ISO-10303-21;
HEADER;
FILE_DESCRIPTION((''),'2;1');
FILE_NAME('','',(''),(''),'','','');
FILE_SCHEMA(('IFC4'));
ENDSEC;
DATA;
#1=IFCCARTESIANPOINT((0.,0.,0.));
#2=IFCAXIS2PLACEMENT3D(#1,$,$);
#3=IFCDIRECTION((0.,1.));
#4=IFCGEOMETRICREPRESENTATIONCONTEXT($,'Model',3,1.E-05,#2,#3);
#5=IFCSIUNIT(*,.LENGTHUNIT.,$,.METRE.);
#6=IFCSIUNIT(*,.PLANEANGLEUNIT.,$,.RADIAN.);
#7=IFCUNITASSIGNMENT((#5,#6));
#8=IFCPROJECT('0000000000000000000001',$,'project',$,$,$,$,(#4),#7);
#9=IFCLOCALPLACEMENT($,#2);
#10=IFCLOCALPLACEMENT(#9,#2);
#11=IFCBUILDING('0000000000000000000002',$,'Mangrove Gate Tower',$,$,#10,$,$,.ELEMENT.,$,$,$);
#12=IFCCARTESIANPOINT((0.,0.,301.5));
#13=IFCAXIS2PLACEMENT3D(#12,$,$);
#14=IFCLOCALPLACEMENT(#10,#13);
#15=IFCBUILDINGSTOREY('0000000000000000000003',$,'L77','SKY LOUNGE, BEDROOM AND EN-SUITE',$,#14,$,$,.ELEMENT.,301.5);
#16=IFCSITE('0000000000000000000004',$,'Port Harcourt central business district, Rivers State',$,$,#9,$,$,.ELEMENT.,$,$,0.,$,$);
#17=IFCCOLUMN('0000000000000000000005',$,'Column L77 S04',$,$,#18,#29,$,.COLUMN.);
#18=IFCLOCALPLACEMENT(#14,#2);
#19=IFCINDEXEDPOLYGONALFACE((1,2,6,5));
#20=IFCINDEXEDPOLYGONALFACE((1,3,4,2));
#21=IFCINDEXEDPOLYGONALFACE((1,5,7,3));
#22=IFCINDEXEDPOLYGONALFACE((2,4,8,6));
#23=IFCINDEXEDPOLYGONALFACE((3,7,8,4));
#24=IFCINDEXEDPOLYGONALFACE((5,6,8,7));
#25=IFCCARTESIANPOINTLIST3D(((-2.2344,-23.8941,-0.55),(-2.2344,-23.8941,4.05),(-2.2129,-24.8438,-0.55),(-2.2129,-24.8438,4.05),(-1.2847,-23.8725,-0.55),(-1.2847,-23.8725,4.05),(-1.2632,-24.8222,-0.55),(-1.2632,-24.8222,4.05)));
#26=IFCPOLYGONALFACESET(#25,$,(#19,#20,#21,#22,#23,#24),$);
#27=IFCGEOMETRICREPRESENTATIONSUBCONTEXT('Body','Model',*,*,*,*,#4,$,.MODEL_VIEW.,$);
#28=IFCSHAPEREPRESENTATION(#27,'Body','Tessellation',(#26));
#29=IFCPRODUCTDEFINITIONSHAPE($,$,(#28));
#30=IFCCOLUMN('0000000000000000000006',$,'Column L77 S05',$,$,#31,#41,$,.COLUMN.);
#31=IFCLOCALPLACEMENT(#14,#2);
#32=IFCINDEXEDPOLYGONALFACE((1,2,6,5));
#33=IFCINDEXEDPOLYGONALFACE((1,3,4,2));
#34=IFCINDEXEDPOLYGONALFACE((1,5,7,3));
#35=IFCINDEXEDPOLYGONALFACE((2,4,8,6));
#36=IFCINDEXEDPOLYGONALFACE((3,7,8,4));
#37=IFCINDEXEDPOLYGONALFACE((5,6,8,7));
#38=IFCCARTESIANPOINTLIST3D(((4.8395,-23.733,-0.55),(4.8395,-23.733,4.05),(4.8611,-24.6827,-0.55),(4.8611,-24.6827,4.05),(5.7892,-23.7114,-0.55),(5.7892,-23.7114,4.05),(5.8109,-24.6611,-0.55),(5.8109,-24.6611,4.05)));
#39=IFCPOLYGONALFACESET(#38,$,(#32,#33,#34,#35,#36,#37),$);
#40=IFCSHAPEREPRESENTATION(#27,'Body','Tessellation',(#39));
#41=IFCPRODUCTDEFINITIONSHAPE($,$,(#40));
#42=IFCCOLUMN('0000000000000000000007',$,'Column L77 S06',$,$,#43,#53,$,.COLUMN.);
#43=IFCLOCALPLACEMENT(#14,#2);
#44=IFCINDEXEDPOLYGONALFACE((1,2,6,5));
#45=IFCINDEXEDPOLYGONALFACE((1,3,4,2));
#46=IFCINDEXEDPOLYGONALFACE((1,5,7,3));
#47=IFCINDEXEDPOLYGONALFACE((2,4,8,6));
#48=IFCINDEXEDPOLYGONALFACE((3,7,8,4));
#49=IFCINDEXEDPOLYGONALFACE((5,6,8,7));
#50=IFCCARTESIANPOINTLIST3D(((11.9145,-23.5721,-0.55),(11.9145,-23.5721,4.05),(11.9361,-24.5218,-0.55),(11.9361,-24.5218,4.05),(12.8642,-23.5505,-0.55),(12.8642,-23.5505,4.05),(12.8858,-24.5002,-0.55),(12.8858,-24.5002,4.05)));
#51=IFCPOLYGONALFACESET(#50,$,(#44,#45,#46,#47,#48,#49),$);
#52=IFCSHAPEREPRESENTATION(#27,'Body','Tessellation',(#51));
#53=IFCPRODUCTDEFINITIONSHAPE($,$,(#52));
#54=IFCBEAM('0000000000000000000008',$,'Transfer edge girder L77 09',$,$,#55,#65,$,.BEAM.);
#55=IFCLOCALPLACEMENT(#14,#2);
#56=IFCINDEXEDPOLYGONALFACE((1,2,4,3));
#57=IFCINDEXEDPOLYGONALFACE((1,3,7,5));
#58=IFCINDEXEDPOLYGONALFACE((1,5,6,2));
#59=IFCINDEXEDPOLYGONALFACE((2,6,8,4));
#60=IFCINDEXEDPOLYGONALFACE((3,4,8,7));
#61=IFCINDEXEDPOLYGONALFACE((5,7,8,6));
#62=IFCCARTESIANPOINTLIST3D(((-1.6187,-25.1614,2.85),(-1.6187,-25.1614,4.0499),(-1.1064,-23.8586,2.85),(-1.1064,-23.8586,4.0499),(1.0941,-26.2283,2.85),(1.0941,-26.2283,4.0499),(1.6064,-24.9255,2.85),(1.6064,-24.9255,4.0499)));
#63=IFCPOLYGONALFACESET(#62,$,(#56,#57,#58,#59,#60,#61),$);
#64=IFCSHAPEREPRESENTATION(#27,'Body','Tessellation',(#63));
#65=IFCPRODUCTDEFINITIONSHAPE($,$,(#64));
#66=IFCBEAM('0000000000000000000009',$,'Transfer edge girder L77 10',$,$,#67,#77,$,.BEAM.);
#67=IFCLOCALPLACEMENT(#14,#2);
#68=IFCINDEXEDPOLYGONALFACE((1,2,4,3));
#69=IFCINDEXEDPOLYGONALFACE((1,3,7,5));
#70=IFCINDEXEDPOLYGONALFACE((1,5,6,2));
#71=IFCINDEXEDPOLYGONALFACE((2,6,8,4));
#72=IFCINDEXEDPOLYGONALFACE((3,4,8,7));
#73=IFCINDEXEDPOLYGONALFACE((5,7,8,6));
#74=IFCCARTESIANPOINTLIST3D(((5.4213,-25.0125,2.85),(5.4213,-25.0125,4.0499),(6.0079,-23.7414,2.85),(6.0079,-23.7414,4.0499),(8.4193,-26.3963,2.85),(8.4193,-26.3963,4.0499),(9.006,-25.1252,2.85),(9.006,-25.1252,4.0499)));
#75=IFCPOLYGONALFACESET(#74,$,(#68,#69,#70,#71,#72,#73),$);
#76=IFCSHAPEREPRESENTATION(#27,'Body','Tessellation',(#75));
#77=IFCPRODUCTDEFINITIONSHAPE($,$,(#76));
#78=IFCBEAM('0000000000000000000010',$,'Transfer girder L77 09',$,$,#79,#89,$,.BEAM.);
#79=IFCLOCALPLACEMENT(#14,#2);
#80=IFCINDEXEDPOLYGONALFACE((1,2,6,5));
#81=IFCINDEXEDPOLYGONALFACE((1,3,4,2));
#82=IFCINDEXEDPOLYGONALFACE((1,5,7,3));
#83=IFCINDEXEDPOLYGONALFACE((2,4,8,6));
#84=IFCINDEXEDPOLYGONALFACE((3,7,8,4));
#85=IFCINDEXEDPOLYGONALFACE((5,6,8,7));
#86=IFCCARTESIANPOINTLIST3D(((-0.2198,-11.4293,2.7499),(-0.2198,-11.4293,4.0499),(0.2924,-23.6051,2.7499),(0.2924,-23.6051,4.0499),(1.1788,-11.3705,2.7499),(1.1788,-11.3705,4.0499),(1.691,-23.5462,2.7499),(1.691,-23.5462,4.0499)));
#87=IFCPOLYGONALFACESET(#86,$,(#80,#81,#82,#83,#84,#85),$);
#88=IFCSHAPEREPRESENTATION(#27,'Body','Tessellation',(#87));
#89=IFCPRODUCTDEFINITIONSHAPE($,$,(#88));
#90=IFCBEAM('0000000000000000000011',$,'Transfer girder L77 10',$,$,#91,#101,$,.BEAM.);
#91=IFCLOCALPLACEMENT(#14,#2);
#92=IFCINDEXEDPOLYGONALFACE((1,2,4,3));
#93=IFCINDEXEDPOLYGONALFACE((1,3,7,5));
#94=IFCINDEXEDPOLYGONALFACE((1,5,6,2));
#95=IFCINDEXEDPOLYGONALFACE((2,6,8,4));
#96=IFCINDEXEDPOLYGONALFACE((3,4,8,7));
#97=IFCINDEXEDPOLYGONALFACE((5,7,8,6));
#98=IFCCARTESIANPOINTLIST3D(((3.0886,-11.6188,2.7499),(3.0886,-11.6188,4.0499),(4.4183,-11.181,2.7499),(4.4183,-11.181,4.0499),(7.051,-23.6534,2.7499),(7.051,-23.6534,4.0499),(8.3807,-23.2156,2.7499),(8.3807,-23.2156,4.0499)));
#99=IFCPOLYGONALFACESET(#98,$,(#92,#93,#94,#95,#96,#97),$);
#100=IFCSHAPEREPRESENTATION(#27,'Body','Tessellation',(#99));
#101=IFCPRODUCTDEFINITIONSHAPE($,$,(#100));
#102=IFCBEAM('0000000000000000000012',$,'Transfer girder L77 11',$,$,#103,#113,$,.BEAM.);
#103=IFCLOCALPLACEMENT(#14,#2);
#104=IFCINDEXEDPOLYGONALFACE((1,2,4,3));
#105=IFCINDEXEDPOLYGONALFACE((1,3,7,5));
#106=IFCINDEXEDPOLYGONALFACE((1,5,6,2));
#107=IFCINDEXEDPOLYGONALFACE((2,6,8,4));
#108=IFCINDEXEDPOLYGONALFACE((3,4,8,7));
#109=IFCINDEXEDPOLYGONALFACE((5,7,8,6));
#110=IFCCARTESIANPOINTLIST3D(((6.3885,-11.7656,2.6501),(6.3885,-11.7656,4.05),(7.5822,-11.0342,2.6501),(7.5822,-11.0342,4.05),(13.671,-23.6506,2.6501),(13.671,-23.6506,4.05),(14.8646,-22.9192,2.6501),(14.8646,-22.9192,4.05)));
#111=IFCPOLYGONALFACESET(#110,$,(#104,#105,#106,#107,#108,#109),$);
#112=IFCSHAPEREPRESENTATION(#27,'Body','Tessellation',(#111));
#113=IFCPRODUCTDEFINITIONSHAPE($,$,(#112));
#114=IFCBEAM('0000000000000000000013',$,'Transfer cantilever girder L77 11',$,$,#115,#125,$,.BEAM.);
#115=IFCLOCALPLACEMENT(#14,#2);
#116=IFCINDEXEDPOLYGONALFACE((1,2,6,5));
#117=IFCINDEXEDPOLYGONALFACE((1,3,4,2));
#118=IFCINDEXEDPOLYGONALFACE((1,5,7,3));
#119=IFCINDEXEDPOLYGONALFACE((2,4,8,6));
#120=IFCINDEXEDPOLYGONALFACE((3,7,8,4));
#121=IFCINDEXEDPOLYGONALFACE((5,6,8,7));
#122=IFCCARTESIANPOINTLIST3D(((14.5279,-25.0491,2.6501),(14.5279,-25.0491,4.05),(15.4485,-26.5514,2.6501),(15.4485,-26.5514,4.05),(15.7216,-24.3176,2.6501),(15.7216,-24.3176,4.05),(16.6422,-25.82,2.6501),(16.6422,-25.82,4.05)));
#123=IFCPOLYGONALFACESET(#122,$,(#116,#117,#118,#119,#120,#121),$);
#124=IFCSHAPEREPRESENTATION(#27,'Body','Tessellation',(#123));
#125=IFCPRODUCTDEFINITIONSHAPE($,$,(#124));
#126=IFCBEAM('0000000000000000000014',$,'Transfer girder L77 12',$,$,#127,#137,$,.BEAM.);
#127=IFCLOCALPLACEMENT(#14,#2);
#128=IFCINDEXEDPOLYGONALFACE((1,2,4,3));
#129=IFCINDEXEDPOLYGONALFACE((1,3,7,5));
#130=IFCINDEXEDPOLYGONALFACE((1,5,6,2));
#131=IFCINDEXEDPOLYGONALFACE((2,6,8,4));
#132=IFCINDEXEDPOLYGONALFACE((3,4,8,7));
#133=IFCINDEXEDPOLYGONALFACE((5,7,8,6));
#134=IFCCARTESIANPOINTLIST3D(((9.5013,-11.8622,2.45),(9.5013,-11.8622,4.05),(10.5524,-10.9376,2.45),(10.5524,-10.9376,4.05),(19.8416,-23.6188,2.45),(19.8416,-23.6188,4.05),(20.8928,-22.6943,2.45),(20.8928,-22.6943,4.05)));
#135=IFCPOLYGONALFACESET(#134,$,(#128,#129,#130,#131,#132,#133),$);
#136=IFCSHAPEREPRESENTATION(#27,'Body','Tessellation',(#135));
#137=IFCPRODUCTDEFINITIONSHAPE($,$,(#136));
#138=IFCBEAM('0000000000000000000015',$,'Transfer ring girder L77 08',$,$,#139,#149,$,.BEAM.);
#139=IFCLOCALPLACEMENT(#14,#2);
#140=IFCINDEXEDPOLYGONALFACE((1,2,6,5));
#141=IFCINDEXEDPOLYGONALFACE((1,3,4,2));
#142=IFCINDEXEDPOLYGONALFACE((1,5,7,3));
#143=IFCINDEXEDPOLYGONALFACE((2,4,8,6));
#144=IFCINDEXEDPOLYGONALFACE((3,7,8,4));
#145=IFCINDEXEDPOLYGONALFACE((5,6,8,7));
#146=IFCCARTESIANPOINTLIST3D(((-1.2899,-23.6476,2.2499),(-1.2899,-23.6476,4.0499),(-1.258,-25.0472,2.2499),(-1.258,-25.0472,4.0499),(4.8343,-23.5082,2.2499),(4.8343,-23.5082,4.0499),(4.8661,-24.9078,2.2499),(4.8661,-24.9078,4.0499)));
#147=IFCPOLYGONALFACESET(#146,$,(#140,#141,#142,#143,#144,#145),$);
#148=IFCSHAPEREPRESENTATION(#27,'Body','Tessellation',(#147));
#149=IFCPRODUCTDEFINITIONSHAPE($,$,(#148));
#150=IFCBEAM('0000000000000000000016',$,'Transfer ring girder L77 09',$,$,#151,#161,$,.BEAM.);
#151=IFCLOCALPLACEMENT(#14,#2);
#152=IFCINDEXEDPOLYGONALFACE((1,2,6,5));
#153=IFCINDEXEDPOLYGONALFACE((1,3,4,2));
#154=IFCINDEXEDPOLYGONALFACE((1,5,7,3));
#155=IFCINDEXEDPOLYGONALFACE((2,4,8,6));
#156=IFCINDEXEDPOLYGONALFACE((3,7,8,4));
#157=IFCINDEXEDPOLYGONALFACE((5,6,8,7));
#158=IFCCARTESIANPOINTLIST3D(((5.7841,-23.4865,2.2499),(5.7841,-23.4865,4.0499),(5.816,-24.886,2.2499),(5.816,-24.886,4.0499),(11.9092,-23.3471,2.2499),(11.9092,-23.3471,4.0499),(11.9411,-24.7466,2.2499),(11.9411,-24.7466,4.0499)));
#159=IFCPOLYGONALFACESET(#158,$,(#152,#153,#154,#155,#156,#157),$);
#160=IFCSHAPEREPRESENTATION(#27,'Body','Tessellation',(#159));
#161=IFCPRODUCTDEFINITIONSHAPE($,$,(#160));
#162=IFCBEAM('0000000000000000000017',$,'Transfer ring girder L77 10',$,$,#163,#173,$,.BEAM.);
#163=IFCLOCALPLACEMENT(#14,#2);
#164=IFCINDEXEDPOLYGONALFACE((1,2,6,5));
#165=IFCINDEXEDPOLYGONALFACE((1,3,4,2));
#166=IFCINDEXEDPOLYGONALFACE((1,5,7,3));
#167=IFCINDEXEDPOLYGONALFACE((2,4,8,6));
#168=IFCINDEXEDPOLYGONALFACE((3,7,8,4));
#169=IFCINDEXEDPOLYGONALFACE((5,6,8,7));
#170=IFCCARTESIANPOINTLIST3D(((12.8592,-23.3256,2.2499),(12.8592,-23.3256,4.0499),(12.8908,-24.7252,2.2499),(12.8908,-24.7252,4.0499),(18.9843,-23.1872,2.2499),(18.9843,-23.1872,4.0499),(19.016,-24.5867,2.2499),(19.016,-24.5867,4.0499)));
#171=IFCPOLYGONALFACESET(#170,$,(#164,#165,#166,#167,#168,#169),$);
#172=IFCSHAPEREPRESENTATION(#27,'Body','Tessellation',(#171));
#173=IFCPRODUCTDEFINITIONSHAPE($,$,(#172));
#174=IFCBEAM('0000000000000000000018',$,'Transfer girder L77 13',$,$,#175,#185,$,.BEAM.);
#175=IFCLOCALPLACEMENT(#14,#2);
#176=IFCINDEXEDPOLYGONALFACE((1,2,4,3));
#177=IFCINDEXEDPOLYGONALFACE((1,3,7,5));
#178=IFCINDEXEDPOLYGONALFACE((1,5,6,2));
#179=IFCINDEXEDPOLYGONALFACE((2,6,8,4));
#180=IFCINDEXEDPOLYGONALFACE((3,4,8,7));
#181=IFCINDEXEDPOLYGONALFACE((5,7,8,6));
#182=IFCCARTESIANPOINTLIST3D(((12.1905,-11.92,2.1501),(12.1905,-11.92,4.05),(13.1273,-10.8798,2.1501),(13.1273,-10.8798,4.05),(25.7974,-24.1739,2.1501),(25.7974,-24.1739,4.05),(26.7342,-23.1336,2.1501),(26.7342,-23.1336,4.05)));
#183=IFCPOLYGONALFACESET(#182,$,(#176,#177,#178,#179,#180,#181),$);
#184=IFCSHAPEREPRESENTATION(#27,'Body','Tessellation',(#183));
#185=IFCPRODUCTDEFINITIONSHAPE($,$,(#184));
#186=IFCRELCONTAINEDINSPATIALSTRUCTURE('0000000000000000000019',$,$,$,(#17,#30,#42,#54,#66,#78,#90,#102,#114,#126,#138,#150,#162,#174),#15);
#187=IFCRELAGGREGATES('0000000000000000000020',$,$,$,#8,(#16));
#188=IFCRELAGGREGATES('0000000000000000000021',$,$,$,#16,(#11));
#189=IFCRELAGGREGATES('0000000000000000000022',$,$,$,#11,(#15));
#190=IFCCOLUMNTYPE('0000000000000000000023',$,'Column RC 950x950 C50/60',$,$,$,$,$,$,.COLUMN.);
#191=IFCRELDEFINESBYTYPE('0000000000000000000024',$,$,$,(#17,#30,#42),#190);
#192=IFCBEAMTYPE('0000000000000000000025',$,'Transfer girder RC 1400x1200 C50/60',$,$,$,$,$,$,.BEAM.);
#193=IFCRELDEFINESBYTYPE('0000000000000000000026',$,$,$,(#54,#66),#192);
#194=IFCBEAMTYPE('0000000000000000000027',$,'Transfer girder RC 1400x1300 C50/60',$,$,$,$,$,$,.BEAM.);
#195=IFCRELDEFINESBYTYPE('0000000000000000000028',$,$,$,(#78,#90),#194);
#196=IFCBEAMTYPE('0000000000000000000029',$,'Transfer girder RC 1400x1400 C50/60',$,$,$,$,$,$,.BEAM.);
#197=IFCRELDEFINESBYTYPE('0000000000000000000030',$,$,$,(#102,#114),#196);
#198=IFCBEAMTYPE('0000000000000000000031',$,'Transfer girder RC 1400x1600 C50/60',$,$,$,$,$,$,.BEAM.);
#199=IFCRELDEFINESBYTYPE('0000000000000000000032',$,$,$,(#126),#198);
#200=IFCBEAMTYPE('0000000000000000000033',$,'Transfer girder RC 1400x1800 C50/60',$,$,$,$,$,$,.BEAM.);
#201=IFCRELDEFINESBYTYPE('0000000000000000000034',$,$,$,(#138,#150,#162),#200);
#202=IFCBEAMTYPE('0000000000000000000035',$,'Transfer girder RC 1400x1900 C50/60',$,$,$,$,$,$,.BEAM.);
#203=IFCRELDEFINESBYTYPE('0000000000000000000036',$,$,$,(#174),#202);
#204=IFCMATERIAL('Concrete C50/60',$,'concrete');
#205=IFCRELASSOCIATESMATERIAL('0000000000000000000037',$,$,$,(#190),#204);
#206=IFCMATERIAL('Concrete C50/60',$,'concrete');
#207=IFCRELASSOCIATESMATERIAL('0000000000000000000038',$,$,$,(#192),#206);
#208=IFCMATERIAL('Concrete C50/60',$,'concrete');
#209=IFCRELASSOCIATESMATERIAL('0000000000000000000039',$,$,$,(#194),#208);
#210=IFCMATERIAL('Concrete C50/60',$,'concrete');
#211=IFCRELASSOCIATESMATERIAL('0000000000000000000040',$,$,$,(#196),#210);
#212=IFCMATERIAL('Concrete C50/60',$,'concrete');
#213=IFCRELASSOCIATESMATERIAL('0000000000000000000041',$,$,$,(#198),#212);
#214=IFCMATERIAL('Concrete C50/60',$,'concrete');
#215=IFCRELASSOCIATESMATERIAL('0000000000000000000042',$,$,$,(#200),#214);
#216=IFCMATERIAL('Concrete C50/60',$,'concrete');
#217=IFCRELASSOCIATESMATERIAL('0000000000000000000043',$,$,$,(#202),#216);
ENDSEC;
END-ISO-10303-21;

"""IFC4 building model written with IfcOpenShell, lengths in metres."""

from ifc_helpers import new_model, si_unit, direction, frame, origin, origin_2d, place, context, subcontext, project, spatial, rectangle, extrude, material, material_profile, profile_set, type_object, element, save


model = new_model("IFC4")

# Units and contexts
model_context = context("Model", 3, precision=1e-05, world=origin(), true_north=direction((0.0, 1.0)))
body_context = subcontext(model_context, "Body", "Model", "MODEL_VIEW")
ifc_project = project(units=[si_unit("LENGTHUNIT", "METRE"), si_unit("PLANEANGLEUNIT", "RADIAN")], contexts=[model_context])

# Site, building, storey
site_placement = place(None, origin())
site = spatial("IfcSite", under=ifc_project, at=site_placement, Name="Port Harcourt central business district, Rivers State", CompositionType="ELEMENT", RefElevation=0.0)
building_placement = place(site_placement, origin())
building = spatial("IfcBuilding", under=site, at=building_placement, Name="Mangrove Gate Tower", CompositionType="ELEMENT")
storey_placement = place(building_placement, frame((0.0, 0.0, 301.5)))
storey = spatial("IfcBuildingStorey", under=building, at=storey_placement, Name="L77", Description="SKY LOUNGE, BEDROOM AND EN-SUITE", CompositionType="ELEMENT", Elevation=301.5)

# Columns
ifc_material_1 = material(Name="Concrete C50/60", Category="concrete")
ifc_material_profile_1 = material_profile(ifc_material_1, rectangle(XDim=0.95, YDim=0.95, at=origin_2d()))
ifc_profile_set_1 = profile_set([ifc_material_profile_1], Name="Concrete C50/60")
column_type = type_object("IfcColumnType", Name="Column RC 950x950 C50/60", PredefinedType="COLUMN", material=ifc_profile_set_1)
for number, where, z_axis, x_axis, name in (
    (1, (-1.7488, -24.3582, -0.55), (0.0, 0.0, 1.0), (0.999743, 0.022681, 0.0), "Column L77 S04"),
    (2, (5.3252, -24.197, -0.55), (0.0, 0.0, 1.0), (0.999741, 0.022752, 0.0), "Column L77 S05"),
    (3, (12.4001, -24.0361, -0.55), (0.0, 0.0, 1.0), (0.999743, 0.02268, 0.0), "Column L77 S06"),
):
    element("IfcColumn", number, at=place(storey_placement, frame(where, z_axis=z_axis, x_axis=x_axis)), inside=storey, type_object=column_type, Name=name, PredefinedType="COLUMN", context=body_context, shape_type="SweptSolid", body=[
        extrude(rectangle(XDim=0.95, YDim=0.95, at=origin_2d()), origin(), (0.0, 0.0, 1.0), 4.6001),
    ])

# Beams
ifc_material_2 = material(Name="Concrete C50/60", Category="concrete")
ifc_material_profile_2 = material_profile(ifc_material_2, rectangle(XDim=1.3999, YDim=1.2, at=origin_2d()))
ifc_profile_set_2 = profile_set([ifc_material_profile_2], Name="Concrete C50/60")
beam_type_1 = type_object("IfcBeamType", Name="Transfer girder RC 1400x1200 C50/60", PredefinedType="BEAM", material=ifc_profile_set_2)
beam_1_placement = place(storey_placement, frame((-1.3625, -24.51, 3.45), z_axis=(0.930621, -0.365984, 0.0), x_axis=(0.365984, 0.930621, 0.0)))
element("IfcBeam", 4, at=beam_1_placement, inside=storey, type_object=beam_type_1, Name="Transfer edge girder L77 09", PredefinedType="BEAM", context=body_context, shape_type="SweptSolid", body=[
    extrude(rectangle(XDim=1.3999, YDim=1.2, at=origin_2d()), origin(), (0.0, 0.0, 1.0), 2.915),
])
beam_2_placement = place(storey_placement, frame((5.7146, -24.377, 3.45), z_axis=(0.907951, -0.419077, 0.0), x_axis=(0.419077, 0.907951, 0.0)))
element("IfcBeam", 5, at=beam_2_placement, inside=storey, type_object=beam_type_1, Name="Transfer edge girder L77 10", PredefinedType="BEAM", context=body_context, shape_type="SweptSolid", body=[
    extrude(rectangle(XDim=1.3999, YDim=1.2, at=origin_2d()), origin(), (0.0, 0.0, 1.0), 3.302),
])
ifc_material_3 = material(Name="Concrete C50/60", Category="concrete")
ifc_material_profile_3 = material_profile(ifc_material_3, rectangle(XDim=1.3999, YDim=1.3, at=origin_2d()))
ifc_profile_set_3 = profile_set([ifc_material_profile_3], Name="Concrete C50/60")
beam_type_2 = type_object("IfcBeamType", Name="Transfer girder RC 1400x1300 C50/60", PredefinedType="BEAM", material=ifc_profile_set_3)
beam_3_placement = place(storey_placement, frame((0.4795, -11.3999, 3.3999), z_axis=(0.042031, -0.999116, 0.0), x_axis=(0.999116, 0.042031, 0.0)))
element("IfcBeam", 6, at=beam_3_placement, inside=storey, type_object=beam_type_2, Name="Transfer girder L77 09", PredefinedType="BEAM", context=body_context, shape_type="SweptSolid", body=[
    extrude(rectangle(XDim=1.3999, YDim=1.3, at=origin_2d()), origin(), (0.0, 0.0, 1.0), 12.1865),
])
beam_4_placement = place(storey_placement, frame((3.7534, -11.3999, 3.3999), z_axis=(0.312734, -0.949841, 0.0), x_axis=(0.949841, 0.312734, 0.0)))
element("IfcBeam", 7, at=beam_4_placement, inside=storey, type_object=beam_type_2, Name="Transfer girder L77 10", PredefinedType="BEAM", context=body_context, shape_type="SweptSolid", body=[
    extrude(rectangle(XDim=1.3999, YDim=1.3, at=origin_2d()), origin(), (0.0, 0.0, 1.0), 12.6702),
])
ifc_material_4 = material(Name="Concrete C50/60", Category="concrete")
ifc_material_profile_4 = material_profile(ifc_material_4, rectangle(XDim=1.3999, YDim=1.3999, at=origin_2d()))
ifc_profile_set_4 = profile_set([ifc_material_profile_4], Name="Concrete C50/60")
beam_type_3 = type_object("IfcBeamType", Name="Transfer girder RC 1400x1400 C50/60", PredefinedType="BEAM", material=ifc_profile_set_4)
beam_5_placement = place(storey_placement, frame((6.9854, -11.3999, 3.3501), z_axis=(0.522463, -0.852662, 0.0), x_axis=(0.852662, 0.522463, 0.0)))
element("IfcBeam", 8, at=beam_5_placement, inside=storey, type_object=beam_type_3, Name="Transfer girder L77 11", PredefinedType="BEAM", context=body_context, shape_type="SweptSolid", body=[
    extrude(rectangle(XDim=1.3999, YDim=1.3999, at=origin_2d()), origin(), (0.0, 0.0, 1.0), 13.9387),
])
beam_6_placement = place(storey_placement, frame((15.1248, -24.6833, 3.3501), z_axis=(0.522481, -0.852651, 0.0), x_axis=(0.852651, 0.522481, 0.0)))
element("IfcBeam", 9, at=beam_6_placement, inside=storey, type_object=beam_type_3, Name="Transfer cantilever girder L77 11", PredefinedType="BEAM", context=body_context, shape_type="SweptSolid", body=[
    extrude(rectangle(XDim=1.3999, YDim=1.3999, at=origin_2d()), origin(), (0.0, 0.0, 1.0), 1.762),
])
ifc_material_5 = material(Name="Concrete C50/60", Category="concrete")
ifc_material_profile_5 = material_profile(ifc_material_5, rectangle(XDim=1.3999, YDim=1.6001, at=origin_2d()))
ifc_profile_set_5 = profile_set([ifc_material_profile_5], Name="Concrete C50/60")
beam_type_4 = type_object("IfcBeamType", Name="Transfer girder RC 1400x1600 C50/60", PredefinedType="BEAM", material=ifc_profile_set_5)
beam_7_placement = place(storey_placement, frame((10.0269, -11.3999, 3.25), z_axis=(0.660431, -0.750887, 0.0), x_axis=(0.750887, 0.660431, 0.0)))
element("IfcBeam", 10, at=beam_7_placement, inside=storey, type_object=beam_type_4, Name="Transfer girder L77 12", PredefinedType="BEAM", context=body_context, shape_type="SweptSolid", body=[
    extrude(rectangle(XDim=1.3999, YDim=1.6001, at=origin_2d()), origin(), (0.0, 0.0, 1.0), 15.657),
])
ifc_material_6 = material(Name="Concrete C50/60", Category="concrete")
ifc_material_profile_6 = material_profile(ifc_material_6, rectangle(XDim=1.3999, YDim=1.8, at=origin_2d()))
ifc_profile_set_6 = profile_set([ifc_material_profile_6], Name="Concrete C50/60")
beam_type_5 = type_object("IfcBeamType", Name="Transfer girder RC 1400x1800 C50/60", PredefinedType="BEAM", material=ifc_profile_set_6)
beam_8_placement = place(storey_placement, frame((-1.2739, -24.3474, 3.1499), z_axis=(0.999741, 0.022757, 0.0), x_axis=(-0.022757, 0.999741, 0.0)))
element("IfcBeam", 11, at=beam_8_placement, inside=storey, type_object=beam_type_5, Name="Transfer ring girder L77 08", PredefinedType="BEAM", context=body_context, shape_type="SweptSolid", body=[
    extrude(rectangle(XDim=1.3999, YDim=1.8, at=origin_2d()), origin(), (0.0, 0.0, 1.0), 6.1257),
])
for number, where, z_axis, x_axis, name in (
    (12, (5.8, -24.1863, 3.1499), (0.999741, 0.022753, 0.0), (-0.022753, 0.999741, 0.0), "Transfer ring girder L77 09"),
    (13, (12.875, -24.0254, 3.1499), (0.999745, 0.022594, 0.0), (-0.022594, 0.999745, 0.0), "Transfer ring girder L77 10"),
):
    element("IfcBeam", number, at=place(storey_placement, frame(where, z_axis=z_axis, x_axis=x_axis)), inside=storey, type_object=beam_type_5, Name=name, PredefinedType="BEAM", context=body_context, shape_type="SweptSolid", body=[
        extrude(rectangle(XDim=1.3999, YDim=1.8, at=origin_2d()), origin(), (0.0, 0.0, 1.0), 6.1267),
    ])
ifc_material_7 = material(Name="Concrete C50/60", Category="concrete")
ifc_material_profile_7 = material_profile(ifc_material_7, rectangle(XDim=1.3999, YDim=1.8999, at=origin_2d()))
ifc_profile_set_7 = profile_set([ifc_material_profile_7], Name="Concrete C50/60")
beam_type_6 = type_object("IfcBeamType", Name="Transfer girder RC 1400x1900 C50/60", PredefinedType="BEAM", material=ifc_profile_set_7)
beam_9_placement = place(storey_placement, frame((12.6589, -11.3999, 3.1001), z_axis=(0.743086, -0.669196, 0.0), x_axis=(0.669196, 0.743086, 0.0)))
element("IfcBeam", 14, at=beam_9_placement, inside=storey, type_object=beam_type_6, Name="Transfer girder L77 13", PredefinedType="BEAM", context=body_context, shape_type="SweptSolid", body=[
    extrude(rectangle(XDim=1.3999, YDim=1.8999, at=origin_2d()), origin(), (0.0, 0.0, 1.0), 18.3113),
])

save(model, "model.ifc")
